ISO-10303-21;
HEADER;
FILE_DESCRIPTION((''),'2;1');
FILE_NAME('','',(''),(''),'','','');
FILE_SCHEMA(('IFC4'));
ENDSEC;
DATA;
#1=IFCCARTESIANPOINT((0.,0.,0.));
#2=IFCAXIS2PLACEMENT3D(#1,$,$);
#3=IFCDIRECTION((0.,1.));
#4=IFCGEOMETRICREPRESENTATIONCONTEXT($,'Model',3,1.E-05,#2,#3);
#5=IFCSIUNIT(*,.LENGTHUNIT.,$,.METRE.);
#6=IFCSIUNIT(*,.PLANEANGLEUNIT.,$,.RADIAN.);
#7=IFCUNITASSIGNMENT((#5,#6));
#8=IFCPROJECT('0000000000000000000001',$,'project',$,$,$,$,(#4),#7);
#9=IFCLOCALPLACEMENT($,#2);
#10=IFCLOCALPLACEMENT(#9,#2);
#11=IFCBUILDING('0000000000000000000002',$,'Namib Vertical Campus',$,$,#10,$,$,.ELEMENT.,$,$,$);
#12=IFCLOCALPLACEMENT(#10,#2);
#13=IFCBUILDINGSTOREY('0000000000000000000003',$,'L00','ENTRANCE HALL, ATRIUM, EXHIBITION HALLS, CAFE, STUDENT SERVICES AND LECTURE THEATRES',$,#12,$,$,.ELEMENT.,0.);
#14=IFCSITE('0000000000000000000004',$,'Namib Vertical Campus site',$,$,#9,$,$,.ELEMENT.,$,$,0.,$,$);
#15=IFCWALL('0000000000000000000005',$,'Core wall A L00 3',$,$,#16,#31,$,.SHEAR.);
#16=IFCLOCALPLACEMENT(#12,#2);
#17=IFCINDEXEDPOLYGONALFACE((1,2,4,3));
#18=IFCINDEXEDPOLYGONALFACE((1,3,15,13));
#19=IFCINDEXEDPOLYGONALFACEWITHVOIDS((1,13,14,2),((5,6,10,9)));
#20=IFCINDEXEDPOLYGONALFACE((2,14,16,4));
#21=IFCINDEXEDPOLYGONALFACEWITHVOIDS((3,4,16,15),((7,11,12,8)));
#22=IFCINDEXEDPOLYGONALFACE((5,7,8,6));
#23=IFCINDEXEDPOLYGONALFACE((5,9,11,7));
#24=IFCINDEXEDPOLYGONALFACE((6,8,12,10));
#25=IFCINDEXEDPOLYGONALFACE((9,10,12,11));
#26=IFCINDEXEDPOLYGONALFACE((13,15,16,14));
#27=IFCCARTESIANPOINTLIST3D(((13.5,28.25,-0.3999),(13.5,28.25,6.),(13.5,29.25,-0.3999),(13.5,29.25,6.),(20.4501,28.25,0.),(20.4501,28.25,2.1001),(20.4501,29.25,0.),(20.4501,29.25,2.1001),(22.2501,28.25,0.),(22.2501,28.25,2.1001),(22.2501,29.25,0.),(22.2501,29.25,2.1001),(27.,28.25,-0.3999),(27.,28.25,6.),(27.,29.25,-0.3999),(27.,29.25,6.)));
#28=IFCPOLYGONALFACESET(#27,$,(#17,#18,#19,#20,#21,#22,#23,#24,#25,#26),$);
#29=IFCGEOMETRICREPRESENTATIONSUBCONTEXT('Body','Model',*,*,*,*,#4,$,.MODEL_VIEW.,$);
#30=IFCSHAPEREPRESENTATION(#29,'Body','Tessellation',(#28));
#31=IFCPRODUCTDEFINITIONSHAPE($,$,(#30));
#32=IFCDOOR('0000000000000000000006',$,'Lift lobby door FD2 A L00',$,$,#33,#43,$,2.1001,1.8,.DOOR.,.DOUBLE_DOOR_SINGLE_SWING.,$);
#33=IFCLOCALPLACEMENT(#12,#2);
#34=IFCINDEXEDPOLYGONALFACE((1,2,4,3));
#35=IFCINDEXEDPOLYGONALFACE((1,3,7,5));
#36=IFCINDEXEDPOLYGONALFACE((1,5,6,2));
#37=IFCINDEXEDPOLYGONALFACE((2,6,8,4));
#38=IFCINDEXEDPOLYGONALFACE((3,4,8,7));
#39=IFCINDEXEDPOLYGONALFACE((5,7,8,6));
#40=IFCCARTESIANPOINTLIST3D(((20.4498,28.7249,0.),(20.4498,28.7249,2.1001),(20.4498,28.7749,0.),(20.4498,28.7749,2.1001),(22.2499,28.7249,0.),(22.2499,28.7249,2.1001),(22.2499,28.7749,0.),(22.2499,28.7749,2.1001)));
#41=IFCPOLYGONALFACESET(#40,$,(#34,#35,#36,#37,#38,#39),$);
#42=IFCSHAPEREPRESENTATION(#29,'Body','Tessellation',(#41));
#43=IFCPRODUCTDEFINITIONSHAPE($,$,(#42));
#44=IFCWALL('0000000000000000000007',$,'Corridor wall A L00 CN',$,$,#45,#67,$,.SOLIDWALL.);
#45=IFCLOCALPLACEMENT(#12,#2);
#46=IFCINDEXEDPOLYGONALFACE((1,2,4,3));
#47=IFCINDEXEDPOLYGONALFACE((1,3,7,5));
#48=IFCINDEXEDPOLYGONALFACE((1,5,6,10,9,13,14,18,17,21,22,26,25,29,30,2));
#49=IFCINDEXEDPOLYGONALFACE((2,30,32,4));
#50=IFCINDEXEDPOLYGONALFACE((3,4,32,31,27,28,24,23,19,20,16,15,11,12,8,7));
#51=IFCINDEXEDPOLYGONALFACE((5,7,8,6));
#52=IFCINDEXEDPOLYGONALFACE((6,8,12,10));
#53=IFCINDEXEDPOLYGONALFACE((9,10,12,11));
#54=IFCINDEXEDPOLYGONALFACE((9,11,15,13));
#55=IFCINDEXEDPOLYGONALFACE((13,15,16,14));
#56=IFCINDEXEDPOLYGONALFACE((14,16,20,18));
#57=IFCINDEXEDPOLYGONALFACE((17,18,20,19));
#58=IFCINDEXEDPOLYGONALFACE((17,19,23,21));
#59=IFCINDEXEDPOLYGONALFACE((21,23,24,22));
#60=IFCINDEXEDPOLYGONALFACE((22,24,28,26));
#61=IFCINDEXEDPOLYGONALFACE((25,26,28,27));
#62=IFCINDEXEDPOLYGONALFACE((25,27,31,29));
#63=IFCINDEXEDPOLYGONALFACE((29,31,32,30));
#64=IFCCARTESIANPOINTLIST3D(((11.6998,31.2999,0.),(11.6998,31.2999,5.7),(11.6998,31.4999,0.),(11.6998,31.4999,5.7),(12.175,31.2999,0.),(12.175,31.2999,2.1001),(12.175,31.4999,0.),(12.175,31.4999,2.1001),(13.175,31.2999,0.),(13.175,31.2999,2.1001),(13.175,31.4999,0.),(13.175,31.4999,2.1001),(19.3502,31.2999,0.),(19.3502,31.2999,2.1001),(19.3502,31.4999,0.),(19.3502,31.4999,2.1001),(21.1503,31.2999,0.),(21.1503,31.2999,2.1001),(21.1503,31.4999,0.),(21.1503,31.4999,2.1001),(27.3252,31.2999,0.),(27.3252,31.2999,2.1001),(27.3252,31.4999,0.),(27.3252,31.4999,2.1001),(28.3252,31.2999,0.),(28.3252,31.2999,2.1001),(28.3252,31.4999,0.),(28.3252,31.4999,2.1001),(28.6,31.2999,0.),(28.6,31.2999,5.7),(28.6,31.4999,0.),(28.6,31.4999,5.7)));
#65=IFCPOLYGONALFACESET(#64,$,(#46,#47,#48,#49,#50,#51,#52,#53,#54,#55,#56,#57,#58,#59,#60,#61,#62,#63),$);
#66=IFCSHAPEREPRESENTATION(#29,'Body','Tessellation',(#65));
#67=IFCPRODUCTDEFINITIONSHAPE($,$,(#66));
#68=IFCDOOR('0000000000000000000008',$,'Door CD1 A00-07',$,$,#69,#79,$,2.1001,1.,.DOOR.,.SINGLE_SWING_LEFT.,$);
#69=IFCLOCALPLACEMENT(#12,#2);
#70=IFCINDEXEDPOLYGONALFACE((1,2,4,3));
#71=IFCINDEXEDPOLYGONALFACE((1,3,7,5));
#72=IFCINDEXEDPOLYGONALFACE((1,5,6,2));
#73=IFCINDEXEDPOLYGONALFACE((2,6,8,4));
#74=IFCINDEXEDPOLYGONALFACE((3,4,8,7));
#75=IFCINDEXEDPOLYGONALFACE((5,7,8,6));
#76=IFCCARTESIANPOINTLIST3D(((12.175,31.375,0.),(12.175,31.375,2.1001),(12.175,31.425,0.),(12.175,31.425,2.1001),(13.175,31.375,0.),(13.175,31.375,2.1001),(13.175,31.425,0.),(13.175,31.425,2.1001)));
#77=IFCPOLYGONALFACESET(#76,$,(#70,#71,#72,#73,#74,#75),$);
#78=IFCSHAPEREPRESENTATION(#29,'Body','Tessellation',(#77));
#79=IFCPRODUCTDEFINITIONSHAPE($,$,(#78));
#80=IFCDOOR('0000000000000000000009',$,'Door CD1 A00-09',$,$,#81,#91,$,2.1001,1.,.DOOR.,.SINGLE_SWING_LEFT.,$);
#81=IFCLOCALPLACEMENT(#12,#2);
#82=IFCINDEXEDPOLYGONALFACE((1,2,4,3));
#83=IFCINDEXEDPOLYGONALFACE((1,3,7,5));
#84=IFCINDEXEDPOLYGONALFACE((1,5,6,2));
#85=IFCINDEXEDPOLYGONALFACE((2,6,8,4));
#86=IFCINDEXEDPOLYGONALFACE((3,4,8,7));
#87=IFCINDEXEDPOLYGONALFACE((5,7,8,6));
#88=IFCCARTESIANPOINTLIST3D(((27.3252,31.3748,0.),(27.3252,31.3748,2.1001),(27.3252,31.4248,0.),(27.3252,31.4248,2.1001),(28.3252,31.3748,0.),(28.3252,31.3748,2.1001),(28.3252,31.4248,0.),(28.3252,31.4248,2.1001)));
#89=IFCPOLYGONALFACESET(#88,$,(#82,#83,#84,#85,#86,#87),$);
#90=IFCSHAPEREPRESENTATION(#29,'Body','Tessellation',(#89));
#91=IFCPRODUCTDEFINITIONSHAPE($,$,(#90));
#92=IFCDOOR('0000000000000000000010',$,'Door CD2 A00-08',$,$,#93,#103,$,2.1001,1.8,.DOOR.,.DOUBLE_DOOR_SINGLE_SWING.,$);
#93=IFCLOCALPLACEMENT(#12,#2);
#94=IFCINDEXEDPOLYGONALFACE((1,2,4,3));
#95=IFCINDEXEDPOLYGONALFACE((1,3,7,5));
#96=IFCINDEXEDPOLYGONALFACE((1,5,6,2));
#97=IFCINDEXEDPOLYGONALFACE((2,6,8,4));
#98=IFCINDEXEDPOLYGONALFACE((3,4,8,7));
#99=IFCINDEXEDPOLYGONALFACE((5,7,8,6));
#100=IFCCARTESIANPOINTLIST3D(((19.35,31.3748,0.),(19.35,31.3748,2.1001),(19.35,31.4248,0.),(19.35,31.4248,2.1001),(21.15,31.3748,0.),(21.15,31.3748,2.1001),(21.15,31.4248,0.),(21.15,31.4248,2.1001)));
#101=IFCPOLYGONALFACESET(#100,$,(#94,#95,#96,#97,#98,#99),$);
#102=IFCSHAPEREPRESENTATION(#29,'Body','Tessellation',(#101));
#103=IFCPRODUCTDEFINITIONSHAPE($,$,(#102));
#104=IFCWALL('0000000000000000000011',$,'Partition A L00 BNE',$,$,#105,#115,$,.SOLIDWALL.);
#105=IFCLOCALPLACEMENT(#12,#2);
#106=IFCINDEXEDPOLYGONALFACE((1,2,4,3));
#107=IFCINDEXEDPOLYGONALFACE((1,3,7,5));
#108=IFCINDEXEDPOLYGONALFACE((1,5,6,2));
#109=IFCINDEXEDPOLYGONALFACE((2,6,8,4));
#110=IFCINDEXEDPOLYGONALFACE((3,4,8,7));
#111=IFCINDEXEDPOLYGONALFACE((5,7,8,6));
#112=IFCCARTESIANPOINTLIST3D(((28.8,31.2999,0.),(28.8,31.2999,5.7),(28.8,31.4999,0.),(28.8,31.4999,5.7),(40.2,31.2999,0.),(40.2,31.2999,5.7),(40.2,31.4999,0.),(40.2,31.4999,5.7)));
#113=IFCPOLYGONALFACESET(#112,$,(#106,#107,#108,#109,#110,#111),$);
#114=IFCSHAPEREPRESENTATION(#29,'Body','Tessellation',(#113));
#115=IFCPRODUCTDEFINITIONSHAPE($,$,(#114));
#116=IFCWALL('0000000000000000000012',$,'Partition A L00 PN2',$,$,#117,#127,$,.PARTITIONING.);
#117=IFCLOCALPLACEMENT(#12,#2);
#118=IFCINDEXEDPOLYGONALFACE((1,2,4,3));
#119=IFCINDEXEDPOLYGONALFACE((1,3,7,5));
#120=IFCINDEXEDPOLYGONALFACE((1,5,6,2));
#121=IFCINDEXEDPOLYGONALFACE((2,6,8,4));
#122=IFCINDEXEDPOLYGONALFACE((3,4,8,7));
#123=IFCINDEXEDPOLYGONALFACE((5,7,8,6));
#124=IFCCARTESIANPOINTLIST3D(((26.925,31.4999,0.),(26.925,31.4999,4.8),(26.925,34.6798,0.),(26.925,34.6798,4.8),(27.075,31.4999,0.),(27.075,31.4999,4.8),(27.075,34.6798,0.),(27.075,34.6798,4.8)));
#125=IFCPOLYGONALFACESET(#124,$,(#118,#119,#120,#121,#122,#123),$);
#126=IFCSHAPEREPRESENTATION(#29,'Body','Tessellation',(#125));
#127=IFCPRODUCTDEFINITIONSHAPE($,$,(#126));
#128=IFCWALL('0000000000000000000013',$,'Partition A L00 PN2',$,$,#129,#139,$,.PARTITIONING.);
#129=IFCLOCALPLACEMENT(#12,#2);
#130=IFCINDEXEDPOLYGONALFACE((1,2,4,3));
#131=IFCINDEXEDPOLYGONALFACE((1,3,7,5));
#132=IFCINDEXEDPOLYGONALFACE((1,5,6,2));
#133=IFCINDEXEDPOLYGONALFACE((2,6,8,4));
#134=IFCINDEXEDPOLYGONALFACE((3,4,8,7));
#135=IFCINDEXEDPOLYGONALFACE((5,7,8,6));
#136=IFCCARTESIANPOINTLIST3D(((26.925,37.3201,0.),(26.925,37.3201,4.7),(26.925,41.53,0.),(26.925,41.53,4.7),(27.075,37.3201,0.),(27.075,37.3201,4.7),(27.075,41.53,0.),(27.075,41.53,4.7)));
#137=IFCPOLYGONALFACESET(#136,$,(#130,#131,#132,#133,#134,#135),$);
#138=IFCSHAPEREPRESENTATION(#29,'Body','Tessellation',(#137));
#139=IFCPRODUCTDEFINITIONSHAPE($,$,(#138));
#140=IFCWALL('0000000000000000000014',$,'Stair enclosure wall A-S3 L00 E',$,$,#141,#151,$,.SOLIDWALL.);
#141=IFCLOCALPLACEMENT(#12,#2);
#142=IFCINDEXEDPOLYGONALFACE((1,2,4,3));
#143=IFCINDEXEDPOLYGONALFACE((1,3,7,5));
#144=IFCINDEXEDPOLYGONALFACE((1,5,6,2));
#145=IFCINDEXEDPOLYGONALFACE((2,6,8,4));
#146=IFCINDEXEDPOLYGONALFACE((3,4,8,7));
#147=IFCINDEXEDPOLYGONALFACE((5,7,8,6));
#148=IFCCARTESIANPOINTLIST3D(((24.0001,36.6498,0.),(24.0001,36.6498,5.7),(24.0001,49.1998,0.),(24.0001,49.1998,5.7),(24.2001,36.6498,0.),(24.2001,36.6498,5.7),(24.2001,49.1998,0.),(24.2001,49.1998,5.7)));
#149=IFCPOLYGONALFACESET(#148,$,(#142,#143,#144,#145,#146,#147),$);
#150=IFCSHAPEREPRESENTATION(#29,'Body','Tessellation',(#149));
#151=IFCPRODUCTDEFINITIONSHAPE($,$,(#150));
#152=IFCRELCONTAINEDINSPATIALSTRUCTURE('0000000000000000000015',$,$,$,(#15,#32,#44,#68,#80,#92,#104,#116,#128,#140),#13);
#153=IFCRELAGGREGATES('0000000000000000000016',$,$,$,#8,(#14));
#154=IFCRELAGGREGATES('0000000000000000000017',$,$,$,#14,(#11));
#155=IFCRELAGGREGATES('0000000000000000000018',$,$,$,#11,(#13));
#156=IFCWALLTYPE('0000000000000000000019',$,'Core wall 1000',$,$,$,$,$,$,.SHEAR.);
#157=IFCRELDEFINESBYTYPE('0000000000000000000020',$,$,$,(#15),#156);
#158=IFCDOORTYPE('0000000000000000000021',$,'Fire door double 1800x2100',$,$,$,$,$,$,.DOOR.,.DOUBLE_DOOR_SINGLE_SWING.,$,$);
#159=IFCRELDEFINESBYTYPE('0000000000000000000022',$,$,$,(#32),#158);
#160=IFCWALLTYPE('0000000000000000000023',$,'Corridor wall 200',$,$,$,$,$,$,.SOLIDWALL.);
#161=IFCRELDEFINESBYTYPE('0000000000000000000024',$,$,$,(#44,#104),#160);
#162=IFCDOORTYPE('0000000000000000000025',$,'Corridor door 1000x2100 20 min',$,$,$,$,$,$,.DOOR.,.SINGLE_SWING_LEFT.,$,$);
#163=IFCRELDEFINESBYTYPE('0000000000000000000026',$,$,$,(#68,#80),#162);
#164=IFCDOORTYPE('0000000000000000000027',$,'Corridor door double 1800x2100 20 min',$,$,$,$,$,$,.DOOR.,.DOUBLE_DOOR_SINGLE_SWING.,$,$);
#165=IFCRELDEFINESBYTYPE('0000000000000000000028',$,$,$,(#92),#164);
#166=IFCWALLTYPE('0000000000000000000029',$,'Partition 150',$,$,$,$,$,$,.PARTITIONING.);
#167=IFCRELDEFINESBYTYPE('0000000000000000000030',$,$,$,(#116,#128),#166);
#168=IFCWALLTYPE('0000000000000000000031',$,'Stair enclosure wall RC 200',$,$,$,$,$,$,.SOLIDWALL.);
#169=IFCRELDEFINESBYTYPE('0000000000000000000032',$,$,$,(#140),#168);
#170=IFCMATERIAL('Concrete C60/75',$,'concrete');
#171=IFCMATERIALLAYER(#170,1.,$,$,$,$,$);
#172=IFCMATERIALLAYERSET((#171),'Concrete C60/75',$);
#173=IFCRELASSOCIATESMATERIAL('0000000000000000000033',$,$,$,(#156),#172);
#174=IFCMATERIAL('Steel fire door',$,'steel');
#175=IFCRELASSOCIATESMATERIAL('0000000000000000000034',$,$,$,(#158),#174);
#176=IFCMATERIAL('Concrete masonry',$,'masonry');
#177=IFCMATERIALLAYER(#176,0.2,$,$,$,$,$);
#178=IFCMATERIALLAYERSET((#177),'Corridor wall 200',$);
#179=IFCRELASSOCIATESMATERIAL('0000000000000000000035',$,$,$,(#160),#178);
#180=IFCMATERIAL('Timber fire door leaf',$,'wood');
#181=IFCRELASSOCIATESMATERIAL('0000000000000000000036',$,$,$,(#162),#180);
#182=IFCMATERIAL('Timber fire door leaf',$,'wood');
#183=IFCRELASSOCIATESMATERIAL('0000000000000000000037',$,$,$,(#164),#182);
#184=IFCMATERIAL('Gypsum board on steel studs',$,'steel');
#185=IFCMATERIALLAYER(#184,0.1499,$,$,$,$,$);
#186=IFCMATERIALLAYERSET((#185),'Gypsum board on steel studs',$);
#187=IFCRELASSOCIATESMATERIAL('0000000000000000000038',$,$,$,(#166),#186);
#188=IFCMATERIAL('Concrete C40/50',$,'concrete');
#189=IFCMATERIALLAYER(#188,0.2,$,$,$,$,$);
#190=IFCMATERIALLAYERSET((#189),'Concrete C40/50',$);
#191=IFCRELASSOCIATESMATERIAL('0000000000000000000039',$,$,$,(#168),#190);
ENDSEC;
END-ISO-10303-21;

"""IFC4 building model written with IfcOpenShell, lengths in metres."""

from ifc_helpers import new_model, si_unit, direction, frame, frame_2d, origin, place, context, subcontext, project, spatial, rectangle, extrude, material, layer, layer_set, type_object, element, fill, save


model = new_model("IFC4")

# Units and contexts
model_context = context("Model", 3, precision=1e-05, world=origin(), true_north=direction((0.0, 1.0)))
body_context = subcontext(model_context, "Body", "Model", "MODEL_VIEW")
ifc_project = project(units=[si_unit("LENGTHUNIT", "METRE"), si_unit("PLANEANGLEUNIT", "RADIAN")], contexts=[model_context])

# Site, building, storey
site_placement = place(None, origin())
site = spatial("IfcSite", under=ifc_project, at=site_placement, Name="Namib Vertical Campus site", CompositionType="ELEMENT", RefElevation=0.0)
building_placement = place(site_placement, origin())
building = spatial("IfcBuilding", under=site, at=building_placement, Name="Namib Vertical Campus", CompositionType="ELEMENT")
storey_placement = place(building_placement, origin())
storey = spatial("IfcBuildingStorey", under=building, at=storey_placement, Name="L00", Description="ENTRANCE HALL, ATRIUM, EXHIBITION HALLS, CAFE, STUDENT SERVICES AND LECTURE THEATRES", CompositionType="ELEMENT", Elevation=0.0)

# Wall, opening, door
ifc_material_1 = material(Name="Concrete C60/75", Category="concrete")
ifc_layer_1 = layer(ifc_material_1, 1.0)
ifc_layer_set_1 = layer_set([ifc_layer_1], Name="Concrete C60/75")
wall_type_1 = type_object("IfcWallType", Name="Core wall 1000", PredefinedType="SHEAR", material=ifc_layer_set_1)
wall_1_placement = place(storey_placement, frame((27.0, 28.75, -0.3999), z_axis=(0.0, 0.0, 1.0), x_axis=(-1.0, 0.0, 0.0)))
wall_1 = element("IfcWall", 1, at=wall_1_placement, inside=storey, type_object=wall_type_1, Name="Core wall A L00 3", PredefinedType="SHEAR", context=body_context, shape_type="SweptSolid", body=[
    extrude(rectangle(XDim=13.5, YDim=1.0, at=frame_2d((6.75, 0.0))), origin(), (0.0, 0.0, 1.0), 6.3999),
])
opening_1_placement = place(wall_1_placement, frame((4.75, 0.0, 0.3999)))
opening_1 = element("IfcOpeningElement", 2, at=opening_1_placement, cuts=wall_1, PredefinedType="OPENING", context=body_context, shape_type="SweptSolid", body=[
    extrude(rectangle(XDim=1.8, YDim=2.1001, at=frame_2d((0.8999, 1.05))), frame((0.0, 0.51, 0.0), z_axis=(0.0, -1.0, 0.0), x_axis=(1.0, 0.0, 0.0)), (0.0, 0.0, 1.0), 1.02),
])
ifc_material_2 = material(Name="Steel fire door", Category="steel")
door_type_1 = type_object("IfcDoorType", Name="Fire door double 1800x2100", OperationType="DOUBLE_DOOR_SINGLE_SWING", PredefinedType="DOOR", material=ifc_material_2)
door_1_placement = place(opening_1_placement, frame((1.8, 0.0, 0.0), z_axis=(0.0, 0.0, 1.0), x_axis=(-1.0, 0.0, 0.0)))
door_1 = element("IfcDoor", 3, at=door_1_placement, inside=storey, type_object=door_type_1, Name="Lift lobby door FD2 A L00", OperationType="DOUBLE_DOOR_SINGLE_SWING", OverallHeight=2.1001, OverallWidth=1.8, PredefinedType="DOOR", context=body_context, shape_type="SweptSolid", body=[
    extrude(rectangle(XDim=1.8, YDim=2.1001, at=frame_2d((0.8999, 1.05))), frame((0.0, 0.0249, 0.0), z_axis=(0.0, -1.0, 0.0), x_axis=(1.0, 0.0, 0.0)), (0.0, 0.0, 1.0), 0.05),
])
fill(opening_1, door_1)

# Wall, openings, doors
ifc_material_3 = material(Name="Concrete masonry", Category="masonry")
ifc_layer_2 = layer(ifc_material_3, 0.2)
ifc_layer_set_2 = layer_set([ifc_layer_2], Name="Corridor wall 200")
wall_type_2 = type_object("IfcWallType", Name="Corridor wall 200", PredefinedType="SOLIDWALL", material=ifc_layer_set_2)
wall_2_placement = place(storey_placement, frame((28.6001, 31.3999, 0.0), z_axis=(0.0, 0.0, 1.0), x_axis=(-1.0, 0.0, 0.0)))
wall_2 = element("IfcWall", 4, at=wall_2_placement, inside=storey, type_object=wall_type_2, Name="Corridor wall A L00 CN", PredefinedType="SOLIDWALL", context=body_context, shape_type="SweptSolid", body=[
    extrude(rectangle(XDim=16.9001, YDim=0.2, at=frame_2d((8.4502, 0.0))), origin(), (0.0, 0.0, 1.0), 5.7),
])
opening_2_placement = place(wall_2_placement, frame((15.425, 0.0, 0.0)))
opening_2 = element("IfcOpeningElement", 5, at=opening_2_placement, cuts=wall_2, PredefinedType="OPENING", context=body_context, shape_type="SweptSolid", body=[
    extrude(rectangle(XDim=1.0, YDim=2.1001, at=frame_2d((0.5, 1.05))), frame((0.0, 0.1099, 0.0), z_axis=(0.0, -1.0, 0.0), x_axis=(1.0, 0.0, 0.0)), (0.0, 0.0, 1.0), 0.22),
])
opening_3_placement = place(wall_2_placement, frame((7.45, 0.0, 0.0)))
opening_3 = element("IfcOpeningElement", 6, at=opening_3_placement, cuts=wall_2, PredefinedType="OPENING", context=body_context, shape_type="SweptSolid", body=[
    extrude(rectangle(XDim=1.8, YDim=2.1001, at=frame_2d((0.8999, 1.05))), frame((0.0, 0.1099, 0.0), z_axis=(0.0, -1.0, 0.0), x_axis=(1.0, 0.0, 0.0)), (0.0, 0.0, 1.0), 0.22),
])
opening_4_placement = place(wall_2_placement, frame((0.2749, 0.0, 0.0)))
opening_4 = element("IfcOpeningElement", 7, at=opening_4_placement, cuts=wall_2, PredefinedType="OPENING", context=body_context, shape_type="SweptSolid", body=[
    extrude(rectangle(XDim=1.0, YDim=2.1001, at=frame_2d((0.5, 1.05))), frame((0.0, 0.1099, 0.0), z_axis=(0.0, -1.0, 0.0), x_axis=(1.0, 0.0, 0.0)), (0.0, 0.0, 1.0), 0.22),
])
ifc_material_4 = material(Name="Timber fire door leaf", Category="wood")
door_type_2 = type_object("IfcDoorType", Name="Corridor door 1000x2100 20 min", OperationType="SINGLE_SWING_LEFT", PredefinedType="DOOR", material=ifc_material_4)
door_2_placement = place(opening_2_placement, origin())
door_2 = element("IfcDoor", 8, at=door_2_placement, inside=storey, type_object=door_type_2, Name="Door CD1 A00-07", OperationType="SINGLE_SWING_LEFT", OverallHeight=2.1001, OverallWidth=1.0, PredefinedType="DOOR", context=body_context, shape_type="SweptSolid", body=[
    extrude(rectangle(XDim=1.0, YDim=2.1001, at=frame_2d((0.5, 1.05))), frame((0.0, 0.0249, 0.0), z_axis=(0.0, -1.0, 0.0), x_axis=(1.0, 0.0, 0.0)), (0.0, 0.0, 1.0), 0.05),
])
fill(opening_2, door_2)
door_3_placement = place(opening_4_placement, frame((1.0, 0.0, 0.0), z_axis=(0.0, 0.0, 1.0), x_axis=(-1.0, 0.0, 0.0)))
door_3 = element("IfcDoor", 9, at=door_3_placement, inside=storey, type_object=door_type_2, Name="Door CD1 A00-09", OperationType="SINGLE_SWING_LEFT", OverallHeight=2.1001, OverallWidth=1.0, PredefinedType="DOOR", context=body_context, shape_type="SweptSolid", body=[
    extrude(rectangle(XDim=1.0, YDim=2.1001, at=frame_2d((0.5, 1.05))), frame((0.0, 0.0249, 0.0), z_axis=(0.0, -1.0, 0.0), x_axis=(1.0, 0.0, 0.0)), (0.0, 0.0, 1.0), 0.05),
])
fill(opening_4, door_3)
ifc_material_5 = material(Name="Timber fire door leaf", Category="wood")
door_type_3 = type_object("IfcDoorType", Name="Corridor door double 1800x2100 20 min", OperationType="DOUBLE_DOOR_SINGLE_SWING", PredefinedType="DOOR", material=ifc_material_5)
door_4_placement = place(opening_3_placement, frame((1.8, 0.0, 0.0), z_axis=(0.0, 0.0, 1.0), x_axis=(-1.0, 0.0, 0.0)))
door_4 = element("IfcDoor", 10, at=door_4_placement, inside=storey, type_object=door_type_3, Name="Door CD2 A00-08", OperationType="DOUBLE_DOOR_SINGLE_SWING", OverallHeight=2.1001, OverallWidth=1.8, PredefinedType="DOOR", context=body_context, shape_type="SweptSolid", body=[
    extrude(rectangle(XDim=1.8, YDim=2.1001, at=frame_2d((0.8999, 1.05))), frame((0.0, 0.0249, 0.0), z_axis=(0.0, -1.0, 0.0), x_axis=(1.0, 0.0, 0.0)), (0.0, 0.0, 1.0), 0.05),
])
fill(opening_3, door_4)

# Walls
wall_3_placement = place(storey_placement, frame((28.8, 31.3999, 0.0), z_axis=(0.0, 0.0, 1.0), x_axis=(1.0, 0.0, 0.0)))
element("IfcWall", 11, at=wall_3_placement, inside=storey, type_object=wall_type_2, Name="Partition A L00 BNE", PredefinedType="SOLIDWALL", context=body_context, shape_type="SweptSolid", body=[
    extrude(rectangle(XDim=11.3999, YDim=0.2, at=frame_2d((5.7, 0.0))), origin(), (0.0, 0.0, 1.0), 5.7),
])
ifc_material_6 = material(Name="Gypsum board on steel studs", Category="steel")
ifc_layer_3 = layer(ifc_material_6, 0.1499)
ifc_layer_set_3 = layer_set([ifc_layer_3], Name="Gypsum board on steel studs")
wall_type_3 = type_object("IfcWallType", Name="Partition 150", PredefinedType="PARTITIONING", material=ifc_layer_set_3)
wall_4_placement = place(storey_placement, frame((27.0, 31.5, 0.0), z_axis=(0.0, 0.0, 1.0), x_axis=(0.0, 1.0, 0.0)))
element("IfcWall", 12, at=wall_4_placement, inside=storey, type_object=wall_type_3, Name="Partition A L00 PN2", PredefinedType="PARTITIONING", context=body_context, shape_type="SweptSolid", body=[
    extrude(rectangle(XDim=3.1799, YDim=0.1499, at=frame_2d((1.5898, 0.0))), origin(), (0.0, 0.0, 1.0), 4.8),
])
wall_5_placement = place(storey_placement, frame((27.0, 37.3201, 0.0), z_axis=(0.0, 0.0, 1.0), x_axis=(0.0, 1.0, 0.0)))
element("IfcWall", 13, at=wall_5_placement, inside=storey, type_object=wall_type_3, Name="Partition A L00 PN2", PredefinedType="PARTITIONING", context=body_context, shape_type="SweptSolid", body=[
    extrude(rectangle(XDim=4.21, YDim=0.1499, at=frame_2d((2.105, 0.0))), origin(), (0.0, 0.0, 1.0), 4.7),
])
ifc_material_7 = material(Name="Concrete C40/50", Category="concrete")
ifc_layer_4 = layer(ifc_material_7, 0.2)
ifc_layer_set_4 = layer_set([ifc_layer_4], Name="Concrete C40/50")
wall_type_4 = type_object("IfcWallType", Name="Stair enclosure wall RC 200", PredefinedType="SOLIDWALL", material=ifc_layer_set_4)
wall_6_placement = place(storey_placement, frame((24.1001, 36.6499, 0.0), z_axis=(0.0, 0.0, 1.0), x_axis=(0.0, 1.0, 0.0)))
element("IfcWall", 14, at=wall_6_placement, inside=storey, type_object=wall_type_4, Name="Stair enclosure wall A-S3 L00 E", PredefinedType="SOLIDWALL", context=body_context, shape_type="SweptSolid", body=[
    extrude(rectangle(XDim=12.55, YDim=0.2, at=frame_2d((6.2749, 0.0))), origin(), (0.0, 0.0, 1.0), 5.7),
])

save(model, "model.ifc")
